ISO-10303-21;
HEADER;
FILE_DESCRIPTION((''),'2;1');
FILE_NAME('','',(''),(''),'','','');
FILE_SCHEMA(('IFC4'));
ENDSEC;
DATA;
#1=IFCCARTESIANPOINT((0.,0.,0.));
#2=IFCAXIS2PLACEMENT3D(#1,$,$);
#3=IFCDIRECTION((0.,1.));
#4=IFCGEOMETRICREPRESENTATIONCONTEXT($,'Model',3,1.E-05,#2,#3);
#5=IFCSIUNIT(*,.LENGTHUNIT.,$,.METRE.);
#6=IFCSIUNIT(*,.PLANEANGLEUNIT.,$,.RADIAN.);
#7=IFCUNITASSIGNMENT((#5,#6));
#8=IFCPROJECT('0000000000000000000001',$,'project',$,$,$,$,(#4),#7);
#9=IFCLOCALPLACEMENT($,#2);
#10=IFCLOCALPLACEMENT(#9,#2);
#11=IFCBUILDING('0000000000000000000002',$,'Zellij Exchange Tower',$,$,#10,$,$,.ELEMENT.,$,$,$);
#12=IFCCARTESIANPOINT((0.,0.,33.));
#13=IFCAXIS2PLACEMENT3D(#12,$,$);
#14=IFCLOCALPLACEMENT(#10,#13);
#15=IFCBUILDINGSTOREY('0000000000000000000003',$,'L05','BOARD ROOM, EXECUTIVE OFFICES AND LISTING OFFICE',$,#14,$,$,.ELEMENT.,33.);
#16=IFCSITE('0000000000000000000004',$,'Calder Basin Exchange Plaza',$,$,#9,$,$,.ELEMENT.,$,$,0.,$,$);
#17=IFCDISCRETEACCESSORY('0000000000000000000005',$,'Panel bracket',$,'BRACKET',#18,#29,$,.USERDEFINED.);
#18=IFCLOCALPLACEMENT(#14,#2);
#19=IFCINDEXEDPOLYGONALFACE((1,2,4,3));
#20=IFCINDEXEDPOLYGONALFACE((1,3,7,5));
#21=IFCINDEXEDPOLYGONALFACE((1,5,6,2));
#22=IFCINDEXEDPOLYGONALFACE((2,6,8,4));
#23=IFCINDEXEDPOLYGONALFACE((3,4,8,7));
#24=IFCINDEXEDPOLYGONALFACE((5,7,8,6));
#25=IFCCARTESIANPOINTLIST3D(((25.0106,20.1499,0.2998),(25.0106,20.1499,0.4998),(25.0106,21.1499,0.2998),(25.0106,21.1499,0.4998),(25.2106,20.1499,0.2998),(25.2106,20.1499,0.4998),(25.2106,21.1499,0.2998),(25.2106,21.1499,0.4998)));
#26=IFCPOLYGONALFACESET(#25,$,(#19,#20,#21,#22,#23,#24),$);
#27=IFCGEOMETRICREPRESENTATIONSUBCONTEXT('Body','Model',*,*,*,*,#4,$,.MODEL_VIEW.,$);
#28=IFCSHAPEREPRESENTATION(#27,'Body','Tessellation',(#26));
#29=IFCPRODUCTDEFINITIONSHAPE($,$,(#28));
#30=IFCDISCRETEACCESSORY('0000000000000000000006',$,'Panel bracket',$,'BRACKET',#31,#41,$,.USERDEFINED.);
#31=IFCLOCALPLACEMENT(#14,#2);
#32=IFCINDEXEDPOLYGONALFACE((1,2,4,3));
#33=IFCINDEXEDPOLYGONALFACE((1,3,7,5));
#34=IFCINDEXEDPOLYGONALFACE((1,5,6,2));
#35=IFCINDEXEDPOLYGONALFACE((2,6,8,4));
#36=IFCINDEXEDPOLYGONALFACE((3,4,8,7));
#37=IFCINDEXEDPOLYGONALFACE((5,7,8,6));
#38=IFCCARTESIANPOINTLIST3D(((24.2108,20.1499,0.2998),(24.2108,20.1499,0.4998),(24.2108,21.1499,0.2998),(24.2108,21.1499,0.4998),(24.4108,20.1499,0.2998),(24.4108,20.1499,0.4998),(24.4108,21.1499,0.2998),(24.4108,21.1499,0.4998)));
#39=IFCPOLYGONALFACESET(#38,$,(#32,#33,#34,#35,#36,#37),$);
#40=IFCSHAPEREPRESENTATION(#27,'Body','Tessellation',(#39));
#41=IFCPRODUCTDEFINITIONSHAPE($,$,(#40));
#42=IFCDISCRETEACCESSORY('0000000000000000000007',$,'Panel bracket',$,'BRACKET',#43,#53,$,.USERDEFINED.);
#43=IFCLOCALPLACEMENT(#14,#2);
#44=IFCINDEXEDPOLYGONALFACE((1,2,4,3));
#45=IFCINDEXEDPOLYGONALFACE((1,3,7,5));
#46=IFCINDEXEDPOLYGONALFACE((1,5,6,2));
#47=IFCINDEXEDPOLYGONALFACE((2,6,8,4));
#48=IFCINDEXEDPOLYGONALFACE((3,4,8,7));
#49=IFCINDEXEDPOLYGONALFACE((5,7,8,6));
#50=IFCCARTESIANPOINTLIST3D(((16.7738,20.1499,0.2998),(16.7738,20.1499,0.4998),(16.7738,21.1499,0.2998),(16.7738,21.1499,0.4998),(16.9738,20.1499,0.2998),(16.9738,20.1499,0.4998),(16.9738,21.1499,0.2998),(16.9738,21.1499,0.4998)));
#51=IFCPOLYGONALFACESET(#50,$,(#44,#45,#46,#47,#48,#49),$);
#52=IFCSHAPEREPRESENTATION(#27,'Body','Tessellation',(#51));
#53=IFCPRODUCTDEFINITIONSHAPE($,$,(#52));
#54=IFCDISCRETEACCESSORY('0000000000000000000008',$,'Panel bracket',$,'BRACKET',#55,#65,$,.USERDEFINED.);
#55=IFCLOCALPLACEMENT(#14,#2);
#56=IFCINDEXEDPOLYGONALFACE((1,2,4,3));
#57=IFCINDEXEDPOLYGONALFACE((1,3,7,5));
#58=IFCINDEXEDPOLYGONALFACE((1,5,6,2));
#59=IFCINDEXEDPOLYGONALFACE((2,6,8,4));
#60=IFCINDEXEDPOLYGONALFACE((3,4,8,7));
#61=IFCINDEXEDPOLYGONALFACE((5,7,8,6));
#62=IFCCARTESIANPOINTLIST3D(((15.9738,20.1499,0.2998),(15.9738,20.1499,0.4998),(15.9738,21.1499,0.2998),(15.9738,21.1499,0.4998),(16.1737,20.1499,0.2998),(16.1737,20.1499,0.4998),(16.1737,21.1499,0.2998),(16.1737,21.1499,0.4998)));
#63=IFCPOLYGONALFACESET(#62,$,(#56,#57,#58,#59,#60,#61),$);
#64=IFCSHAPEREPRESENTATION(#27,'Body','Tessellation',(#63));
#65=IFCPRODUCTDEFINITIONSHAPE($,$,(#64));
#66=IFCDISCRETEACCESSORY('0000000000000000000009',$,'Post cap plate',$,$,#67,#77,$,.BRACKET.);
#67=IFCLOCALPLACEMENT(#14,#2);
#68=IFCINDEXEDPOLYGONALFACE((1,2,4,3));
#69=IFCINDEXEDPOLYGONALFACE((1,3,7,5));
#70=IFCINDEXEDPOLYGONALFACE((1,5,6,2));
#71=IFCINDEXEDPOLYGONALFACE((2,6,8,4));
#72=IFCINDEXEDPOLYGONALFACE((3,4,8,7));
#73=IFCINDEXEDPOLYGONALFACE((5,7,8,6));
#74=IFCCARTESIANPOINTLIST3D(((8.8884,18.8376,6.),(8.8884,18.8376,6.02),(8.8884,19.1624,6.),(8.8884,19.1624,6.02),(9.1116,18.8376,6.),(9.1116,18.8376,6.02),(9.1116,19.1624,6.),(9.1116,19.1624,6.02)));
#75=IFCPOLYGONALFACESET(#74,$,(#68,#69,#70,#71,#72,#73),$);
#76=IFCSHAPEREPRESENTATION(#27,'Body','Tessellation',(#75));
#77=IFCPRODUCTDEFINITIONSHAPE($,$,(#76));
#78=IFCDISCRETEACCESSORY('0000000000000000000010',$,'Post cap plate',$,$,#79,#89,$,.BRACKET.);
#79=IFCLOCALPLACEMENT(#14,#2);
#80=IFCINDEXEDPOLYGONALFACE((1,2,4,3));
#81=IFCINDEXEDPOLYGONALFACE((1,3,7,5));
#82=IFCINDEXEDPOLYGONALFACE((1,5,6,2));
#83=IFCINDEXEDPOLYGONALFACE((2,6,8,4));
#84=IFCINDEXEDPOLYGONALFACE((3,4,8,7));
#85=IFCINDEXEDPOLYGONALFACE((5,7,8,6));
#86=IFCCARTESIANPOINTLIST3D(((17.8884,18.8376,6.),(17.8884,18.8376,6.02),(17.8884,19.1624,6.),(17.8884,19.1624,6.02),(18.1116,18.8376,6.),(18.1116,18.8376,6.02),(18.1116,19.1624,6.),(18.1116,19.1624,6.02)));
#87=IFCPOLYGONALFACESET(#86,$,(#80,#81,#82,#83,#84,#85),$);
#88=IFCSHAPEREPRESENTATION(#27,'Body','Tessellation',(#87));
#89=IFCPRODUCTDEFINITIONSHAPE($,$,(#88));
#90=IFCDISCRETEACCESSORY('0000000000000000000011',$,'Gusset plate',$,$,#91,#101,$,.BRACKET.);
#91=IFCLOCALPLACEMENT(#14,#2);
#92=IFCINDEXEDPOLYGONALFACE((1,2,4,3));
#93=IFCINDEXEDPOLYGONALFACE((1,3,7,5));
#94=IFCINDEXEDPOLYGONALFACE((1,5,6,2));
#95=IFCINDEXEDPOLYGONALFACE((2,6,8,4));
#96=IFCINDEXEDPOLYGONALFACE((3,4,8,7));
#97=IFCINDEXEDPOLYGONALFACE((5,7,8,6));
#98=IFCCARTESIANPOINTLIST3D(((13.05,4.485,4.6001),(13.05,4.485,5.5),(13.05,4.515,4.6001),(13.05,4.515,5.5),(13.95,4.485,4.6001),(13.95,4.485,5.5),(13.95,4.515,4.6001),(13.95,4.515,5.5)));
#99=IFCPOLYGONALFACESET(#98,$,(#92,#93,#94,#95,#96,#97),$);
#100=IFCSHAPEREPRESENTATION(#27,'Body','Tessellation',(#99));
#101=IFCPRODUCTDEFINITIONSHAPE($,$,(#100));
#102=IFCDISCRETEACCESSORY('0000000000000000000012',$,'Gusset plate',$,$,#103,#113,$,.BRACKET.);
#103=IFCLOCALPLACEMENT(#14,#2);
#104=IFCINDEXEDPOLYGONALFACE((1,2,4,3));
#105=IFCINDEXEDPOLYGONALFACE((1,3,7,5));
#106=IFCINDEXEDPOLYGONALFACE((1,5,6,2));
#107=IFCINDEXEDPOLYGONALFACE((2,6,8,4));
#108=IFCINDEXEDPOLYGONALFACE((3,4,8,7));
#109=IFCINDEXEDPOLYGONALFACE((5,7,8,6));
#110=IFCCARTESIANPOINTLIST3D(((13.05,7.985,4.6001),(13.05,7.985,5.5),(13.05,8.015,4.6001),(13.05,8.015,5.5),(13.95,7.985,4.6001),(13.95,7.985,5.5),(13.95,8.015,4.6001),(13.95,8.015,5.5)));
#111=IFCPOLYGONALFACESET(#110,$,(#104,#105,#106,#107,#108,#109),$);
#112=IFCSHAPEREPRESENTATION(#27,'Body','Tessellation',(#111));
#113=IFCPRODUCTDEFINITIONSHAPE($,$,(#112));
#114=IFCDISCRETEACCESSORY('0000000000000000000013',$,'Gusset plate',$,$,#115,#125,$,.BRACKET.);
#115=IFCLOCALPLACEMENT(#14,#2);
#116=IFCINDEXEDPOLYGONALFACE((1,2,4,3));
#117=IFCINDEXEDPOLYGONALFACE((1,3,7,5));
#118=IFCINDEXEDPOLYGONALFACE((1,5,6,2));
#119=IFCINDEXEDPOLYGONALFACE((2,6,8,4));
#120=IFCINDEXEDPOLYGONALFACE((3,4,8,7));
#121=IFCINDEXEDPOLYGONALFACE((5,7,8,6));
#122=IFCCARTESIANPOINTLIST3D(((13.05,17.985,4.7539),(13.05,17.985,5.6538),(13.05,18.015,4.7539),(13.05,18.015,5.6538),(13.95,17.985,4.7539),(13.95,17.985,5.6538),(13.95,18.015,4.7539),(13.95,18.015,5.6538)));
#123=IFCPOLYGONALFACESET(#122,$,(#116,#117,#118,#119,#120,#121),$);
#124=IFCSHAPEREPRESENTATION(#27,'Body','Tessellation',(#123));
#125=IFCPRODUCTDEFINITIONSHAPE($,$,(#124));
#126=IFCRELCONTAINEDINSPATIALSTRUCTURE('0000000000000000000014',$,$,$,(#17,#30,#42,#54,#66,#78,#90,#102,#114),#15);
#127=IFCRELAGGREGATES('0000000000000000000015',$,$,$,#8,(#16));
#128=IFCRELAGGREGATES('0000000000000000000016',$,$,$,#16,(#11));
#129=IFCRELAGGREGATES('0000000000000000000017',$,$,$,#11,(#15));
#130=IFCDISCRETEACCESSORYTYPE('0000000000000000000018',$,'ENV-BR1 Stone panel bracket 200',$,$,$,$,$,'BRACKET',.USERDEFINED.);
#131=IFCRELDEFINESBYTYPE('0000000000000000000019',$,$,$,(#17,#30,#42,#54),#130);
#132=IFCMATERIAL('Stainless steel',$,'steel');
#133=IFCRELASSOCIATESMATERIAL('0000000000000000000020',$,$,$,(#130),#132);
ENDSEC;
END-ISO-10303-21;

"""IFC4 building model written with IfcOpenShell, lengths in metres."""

from ifc_helpers import new_model, si_unit, direction, frame, origin, origin_2d, place, context, subcontext, project, spatial, rectangle, extrude, material, type_object, element, save


model = new_model("IFC4")

# Units and contexts
model_context = context("Model", 3, precision=1e-05, world=origin(), true_north=direction((0.0, 1.0)))
body_context = subcontext(model_context, "Body", "Model", "MODEL_VIEW")
ifc_project = project(units=[si_unit("LENGTHUNIT", "METRE"), si_unit("PLANEANGLEUNIT", "RADIAN")], contexts=[model_context])

# Site, building, storey
site_placement = place(None, origin())
site = spatial("IfcSite", under=ifc_project, at=site_placement, Name="Calder Basin Exchange Plaza", CompositionType="ELEMENT", RefElevation=0.0)
building_placement = place(site_placement, origin())
building = spatial("IfcBuilding", under=site, at=building_placement, Name="Zellij Exchange Tower", CompositionType="ELEMENT")
storey_placement = place(building_placement, frame((0.0, 0.0, 33.0)))
storey = spatial("IfcBuildingStorey", under=building, at=storey_placement, Name="L05", Description="BOARD ROOM, EXECUTIVE OFFICES AND LISTING OFFICE", CompositionType="ELEMENT", Elevation=33.0)

# Discrete accessories
ifc_material_1 = material(Name="Stainless steel", Category="steel")
discrete_accessory_type = type_object("IfcDiscreteAccessoryType", Name="ENV-BR1 Stone panel bracket 200", ElementType="BRACKET", PredefinedType="USERDEFINED", material=ifc_material_1)
for number, where, z_axis, x_axis, name in (
    (1, (25.1106, 20.6499, 0.2998), (0.0, 0.0, 1.0), (-1.0, 0.0, 0.0), "Panel bracket"),
    (2, (24.3108, 20.6499, 0.2998), (0.0, 0.0, 1.0), (-1.0, 0.0, 0.0), "Panel bracket"),
    (3, (16.8738, 20.6499, 0.2998), (0.0, 0.0, 1.0), (-1.0, 0.0, 0.0), "Panel bracket"),
    (4, (16.0737, 20.6499, 0.2998), (0.0, 0.0, 1.0), (-1.0, 0.0, 0.0), "Panel bracket"),
):
    element("IfcDiscreteAccessory", number, at=place(storey_placement, frame(where, z_axis=z_axis, x_axis=x_axis)), inside=storey, type_object=discrete_accessory_type, Name=name, ObjectType="BRACKET", PredefinedType="USERDEFINED", context=body_context, shape_type="SweptSolid", body=[
        extrude(rectangle(XDim=0.2, YDim=1.0, at=origin_2d()), origin(), (0.0, 0.0, 1.0), 0.2),
    ])
for number, where, z_axis, x_axis, name in (
    (5, (9.0, 19.0, 6.0), (0.0, 0.0, 1.0), (1.0, 0.0, 0.0), "Post cap plate"),
    (6, (18.0, 19.0, 6.0), (0.0, 0.0, 1.0), (1.0, 0.0, 0.0), "Post cap plate"),
):
    element("IfcDiscreteAccessory", number, at=place(storey_placement, frame(where, z_axis=z_axis, x_axis=x_axis)), inside=storey, Name=name, PredefinedType="BRACKET", context=body_context, shape_type="SweptSolid", body=[
        extrude(rectangle(XDim=0.2231, YDim=0.3247, at=origin_2d()), origin(), (0.0, 0.0, 1.0), 0.02),
    ])
for number, where, z_axis, x_axis, name in (
    (7, (13.5, 4.5, 4.6001), (0.0, 0.0, 1.0), (1.0, 0.0, 0.0), "Gusset plate"),
    (8, (13.5, 8.0, 4.6001), (0.0, 0.0, 1.0), (1.0, 0.0, 0.0), "Gusset plate"),
    (9, (13.5, 18.0, 4.7539), (0.0, 0.0, 1.0), (1.0, 0.0, 0.0), "Gusset plate"),
):
    element("IfcDiscreteAccessory", number, at=place(storey_placement, frame(where, z_axis=z_axis, x_axis=x_axis)), inside=storey, Name=name, PredefinedType="BRACKET", context=body_context, shape_type="SweptSolid", body=[
        extrude(rectangle(XDim=0.8999, YDim=0.03, at=origin_2d()), origin(), (0.0, 0.0, 1.0), 0.8999),
    ])

save(model, "model.ifc")
